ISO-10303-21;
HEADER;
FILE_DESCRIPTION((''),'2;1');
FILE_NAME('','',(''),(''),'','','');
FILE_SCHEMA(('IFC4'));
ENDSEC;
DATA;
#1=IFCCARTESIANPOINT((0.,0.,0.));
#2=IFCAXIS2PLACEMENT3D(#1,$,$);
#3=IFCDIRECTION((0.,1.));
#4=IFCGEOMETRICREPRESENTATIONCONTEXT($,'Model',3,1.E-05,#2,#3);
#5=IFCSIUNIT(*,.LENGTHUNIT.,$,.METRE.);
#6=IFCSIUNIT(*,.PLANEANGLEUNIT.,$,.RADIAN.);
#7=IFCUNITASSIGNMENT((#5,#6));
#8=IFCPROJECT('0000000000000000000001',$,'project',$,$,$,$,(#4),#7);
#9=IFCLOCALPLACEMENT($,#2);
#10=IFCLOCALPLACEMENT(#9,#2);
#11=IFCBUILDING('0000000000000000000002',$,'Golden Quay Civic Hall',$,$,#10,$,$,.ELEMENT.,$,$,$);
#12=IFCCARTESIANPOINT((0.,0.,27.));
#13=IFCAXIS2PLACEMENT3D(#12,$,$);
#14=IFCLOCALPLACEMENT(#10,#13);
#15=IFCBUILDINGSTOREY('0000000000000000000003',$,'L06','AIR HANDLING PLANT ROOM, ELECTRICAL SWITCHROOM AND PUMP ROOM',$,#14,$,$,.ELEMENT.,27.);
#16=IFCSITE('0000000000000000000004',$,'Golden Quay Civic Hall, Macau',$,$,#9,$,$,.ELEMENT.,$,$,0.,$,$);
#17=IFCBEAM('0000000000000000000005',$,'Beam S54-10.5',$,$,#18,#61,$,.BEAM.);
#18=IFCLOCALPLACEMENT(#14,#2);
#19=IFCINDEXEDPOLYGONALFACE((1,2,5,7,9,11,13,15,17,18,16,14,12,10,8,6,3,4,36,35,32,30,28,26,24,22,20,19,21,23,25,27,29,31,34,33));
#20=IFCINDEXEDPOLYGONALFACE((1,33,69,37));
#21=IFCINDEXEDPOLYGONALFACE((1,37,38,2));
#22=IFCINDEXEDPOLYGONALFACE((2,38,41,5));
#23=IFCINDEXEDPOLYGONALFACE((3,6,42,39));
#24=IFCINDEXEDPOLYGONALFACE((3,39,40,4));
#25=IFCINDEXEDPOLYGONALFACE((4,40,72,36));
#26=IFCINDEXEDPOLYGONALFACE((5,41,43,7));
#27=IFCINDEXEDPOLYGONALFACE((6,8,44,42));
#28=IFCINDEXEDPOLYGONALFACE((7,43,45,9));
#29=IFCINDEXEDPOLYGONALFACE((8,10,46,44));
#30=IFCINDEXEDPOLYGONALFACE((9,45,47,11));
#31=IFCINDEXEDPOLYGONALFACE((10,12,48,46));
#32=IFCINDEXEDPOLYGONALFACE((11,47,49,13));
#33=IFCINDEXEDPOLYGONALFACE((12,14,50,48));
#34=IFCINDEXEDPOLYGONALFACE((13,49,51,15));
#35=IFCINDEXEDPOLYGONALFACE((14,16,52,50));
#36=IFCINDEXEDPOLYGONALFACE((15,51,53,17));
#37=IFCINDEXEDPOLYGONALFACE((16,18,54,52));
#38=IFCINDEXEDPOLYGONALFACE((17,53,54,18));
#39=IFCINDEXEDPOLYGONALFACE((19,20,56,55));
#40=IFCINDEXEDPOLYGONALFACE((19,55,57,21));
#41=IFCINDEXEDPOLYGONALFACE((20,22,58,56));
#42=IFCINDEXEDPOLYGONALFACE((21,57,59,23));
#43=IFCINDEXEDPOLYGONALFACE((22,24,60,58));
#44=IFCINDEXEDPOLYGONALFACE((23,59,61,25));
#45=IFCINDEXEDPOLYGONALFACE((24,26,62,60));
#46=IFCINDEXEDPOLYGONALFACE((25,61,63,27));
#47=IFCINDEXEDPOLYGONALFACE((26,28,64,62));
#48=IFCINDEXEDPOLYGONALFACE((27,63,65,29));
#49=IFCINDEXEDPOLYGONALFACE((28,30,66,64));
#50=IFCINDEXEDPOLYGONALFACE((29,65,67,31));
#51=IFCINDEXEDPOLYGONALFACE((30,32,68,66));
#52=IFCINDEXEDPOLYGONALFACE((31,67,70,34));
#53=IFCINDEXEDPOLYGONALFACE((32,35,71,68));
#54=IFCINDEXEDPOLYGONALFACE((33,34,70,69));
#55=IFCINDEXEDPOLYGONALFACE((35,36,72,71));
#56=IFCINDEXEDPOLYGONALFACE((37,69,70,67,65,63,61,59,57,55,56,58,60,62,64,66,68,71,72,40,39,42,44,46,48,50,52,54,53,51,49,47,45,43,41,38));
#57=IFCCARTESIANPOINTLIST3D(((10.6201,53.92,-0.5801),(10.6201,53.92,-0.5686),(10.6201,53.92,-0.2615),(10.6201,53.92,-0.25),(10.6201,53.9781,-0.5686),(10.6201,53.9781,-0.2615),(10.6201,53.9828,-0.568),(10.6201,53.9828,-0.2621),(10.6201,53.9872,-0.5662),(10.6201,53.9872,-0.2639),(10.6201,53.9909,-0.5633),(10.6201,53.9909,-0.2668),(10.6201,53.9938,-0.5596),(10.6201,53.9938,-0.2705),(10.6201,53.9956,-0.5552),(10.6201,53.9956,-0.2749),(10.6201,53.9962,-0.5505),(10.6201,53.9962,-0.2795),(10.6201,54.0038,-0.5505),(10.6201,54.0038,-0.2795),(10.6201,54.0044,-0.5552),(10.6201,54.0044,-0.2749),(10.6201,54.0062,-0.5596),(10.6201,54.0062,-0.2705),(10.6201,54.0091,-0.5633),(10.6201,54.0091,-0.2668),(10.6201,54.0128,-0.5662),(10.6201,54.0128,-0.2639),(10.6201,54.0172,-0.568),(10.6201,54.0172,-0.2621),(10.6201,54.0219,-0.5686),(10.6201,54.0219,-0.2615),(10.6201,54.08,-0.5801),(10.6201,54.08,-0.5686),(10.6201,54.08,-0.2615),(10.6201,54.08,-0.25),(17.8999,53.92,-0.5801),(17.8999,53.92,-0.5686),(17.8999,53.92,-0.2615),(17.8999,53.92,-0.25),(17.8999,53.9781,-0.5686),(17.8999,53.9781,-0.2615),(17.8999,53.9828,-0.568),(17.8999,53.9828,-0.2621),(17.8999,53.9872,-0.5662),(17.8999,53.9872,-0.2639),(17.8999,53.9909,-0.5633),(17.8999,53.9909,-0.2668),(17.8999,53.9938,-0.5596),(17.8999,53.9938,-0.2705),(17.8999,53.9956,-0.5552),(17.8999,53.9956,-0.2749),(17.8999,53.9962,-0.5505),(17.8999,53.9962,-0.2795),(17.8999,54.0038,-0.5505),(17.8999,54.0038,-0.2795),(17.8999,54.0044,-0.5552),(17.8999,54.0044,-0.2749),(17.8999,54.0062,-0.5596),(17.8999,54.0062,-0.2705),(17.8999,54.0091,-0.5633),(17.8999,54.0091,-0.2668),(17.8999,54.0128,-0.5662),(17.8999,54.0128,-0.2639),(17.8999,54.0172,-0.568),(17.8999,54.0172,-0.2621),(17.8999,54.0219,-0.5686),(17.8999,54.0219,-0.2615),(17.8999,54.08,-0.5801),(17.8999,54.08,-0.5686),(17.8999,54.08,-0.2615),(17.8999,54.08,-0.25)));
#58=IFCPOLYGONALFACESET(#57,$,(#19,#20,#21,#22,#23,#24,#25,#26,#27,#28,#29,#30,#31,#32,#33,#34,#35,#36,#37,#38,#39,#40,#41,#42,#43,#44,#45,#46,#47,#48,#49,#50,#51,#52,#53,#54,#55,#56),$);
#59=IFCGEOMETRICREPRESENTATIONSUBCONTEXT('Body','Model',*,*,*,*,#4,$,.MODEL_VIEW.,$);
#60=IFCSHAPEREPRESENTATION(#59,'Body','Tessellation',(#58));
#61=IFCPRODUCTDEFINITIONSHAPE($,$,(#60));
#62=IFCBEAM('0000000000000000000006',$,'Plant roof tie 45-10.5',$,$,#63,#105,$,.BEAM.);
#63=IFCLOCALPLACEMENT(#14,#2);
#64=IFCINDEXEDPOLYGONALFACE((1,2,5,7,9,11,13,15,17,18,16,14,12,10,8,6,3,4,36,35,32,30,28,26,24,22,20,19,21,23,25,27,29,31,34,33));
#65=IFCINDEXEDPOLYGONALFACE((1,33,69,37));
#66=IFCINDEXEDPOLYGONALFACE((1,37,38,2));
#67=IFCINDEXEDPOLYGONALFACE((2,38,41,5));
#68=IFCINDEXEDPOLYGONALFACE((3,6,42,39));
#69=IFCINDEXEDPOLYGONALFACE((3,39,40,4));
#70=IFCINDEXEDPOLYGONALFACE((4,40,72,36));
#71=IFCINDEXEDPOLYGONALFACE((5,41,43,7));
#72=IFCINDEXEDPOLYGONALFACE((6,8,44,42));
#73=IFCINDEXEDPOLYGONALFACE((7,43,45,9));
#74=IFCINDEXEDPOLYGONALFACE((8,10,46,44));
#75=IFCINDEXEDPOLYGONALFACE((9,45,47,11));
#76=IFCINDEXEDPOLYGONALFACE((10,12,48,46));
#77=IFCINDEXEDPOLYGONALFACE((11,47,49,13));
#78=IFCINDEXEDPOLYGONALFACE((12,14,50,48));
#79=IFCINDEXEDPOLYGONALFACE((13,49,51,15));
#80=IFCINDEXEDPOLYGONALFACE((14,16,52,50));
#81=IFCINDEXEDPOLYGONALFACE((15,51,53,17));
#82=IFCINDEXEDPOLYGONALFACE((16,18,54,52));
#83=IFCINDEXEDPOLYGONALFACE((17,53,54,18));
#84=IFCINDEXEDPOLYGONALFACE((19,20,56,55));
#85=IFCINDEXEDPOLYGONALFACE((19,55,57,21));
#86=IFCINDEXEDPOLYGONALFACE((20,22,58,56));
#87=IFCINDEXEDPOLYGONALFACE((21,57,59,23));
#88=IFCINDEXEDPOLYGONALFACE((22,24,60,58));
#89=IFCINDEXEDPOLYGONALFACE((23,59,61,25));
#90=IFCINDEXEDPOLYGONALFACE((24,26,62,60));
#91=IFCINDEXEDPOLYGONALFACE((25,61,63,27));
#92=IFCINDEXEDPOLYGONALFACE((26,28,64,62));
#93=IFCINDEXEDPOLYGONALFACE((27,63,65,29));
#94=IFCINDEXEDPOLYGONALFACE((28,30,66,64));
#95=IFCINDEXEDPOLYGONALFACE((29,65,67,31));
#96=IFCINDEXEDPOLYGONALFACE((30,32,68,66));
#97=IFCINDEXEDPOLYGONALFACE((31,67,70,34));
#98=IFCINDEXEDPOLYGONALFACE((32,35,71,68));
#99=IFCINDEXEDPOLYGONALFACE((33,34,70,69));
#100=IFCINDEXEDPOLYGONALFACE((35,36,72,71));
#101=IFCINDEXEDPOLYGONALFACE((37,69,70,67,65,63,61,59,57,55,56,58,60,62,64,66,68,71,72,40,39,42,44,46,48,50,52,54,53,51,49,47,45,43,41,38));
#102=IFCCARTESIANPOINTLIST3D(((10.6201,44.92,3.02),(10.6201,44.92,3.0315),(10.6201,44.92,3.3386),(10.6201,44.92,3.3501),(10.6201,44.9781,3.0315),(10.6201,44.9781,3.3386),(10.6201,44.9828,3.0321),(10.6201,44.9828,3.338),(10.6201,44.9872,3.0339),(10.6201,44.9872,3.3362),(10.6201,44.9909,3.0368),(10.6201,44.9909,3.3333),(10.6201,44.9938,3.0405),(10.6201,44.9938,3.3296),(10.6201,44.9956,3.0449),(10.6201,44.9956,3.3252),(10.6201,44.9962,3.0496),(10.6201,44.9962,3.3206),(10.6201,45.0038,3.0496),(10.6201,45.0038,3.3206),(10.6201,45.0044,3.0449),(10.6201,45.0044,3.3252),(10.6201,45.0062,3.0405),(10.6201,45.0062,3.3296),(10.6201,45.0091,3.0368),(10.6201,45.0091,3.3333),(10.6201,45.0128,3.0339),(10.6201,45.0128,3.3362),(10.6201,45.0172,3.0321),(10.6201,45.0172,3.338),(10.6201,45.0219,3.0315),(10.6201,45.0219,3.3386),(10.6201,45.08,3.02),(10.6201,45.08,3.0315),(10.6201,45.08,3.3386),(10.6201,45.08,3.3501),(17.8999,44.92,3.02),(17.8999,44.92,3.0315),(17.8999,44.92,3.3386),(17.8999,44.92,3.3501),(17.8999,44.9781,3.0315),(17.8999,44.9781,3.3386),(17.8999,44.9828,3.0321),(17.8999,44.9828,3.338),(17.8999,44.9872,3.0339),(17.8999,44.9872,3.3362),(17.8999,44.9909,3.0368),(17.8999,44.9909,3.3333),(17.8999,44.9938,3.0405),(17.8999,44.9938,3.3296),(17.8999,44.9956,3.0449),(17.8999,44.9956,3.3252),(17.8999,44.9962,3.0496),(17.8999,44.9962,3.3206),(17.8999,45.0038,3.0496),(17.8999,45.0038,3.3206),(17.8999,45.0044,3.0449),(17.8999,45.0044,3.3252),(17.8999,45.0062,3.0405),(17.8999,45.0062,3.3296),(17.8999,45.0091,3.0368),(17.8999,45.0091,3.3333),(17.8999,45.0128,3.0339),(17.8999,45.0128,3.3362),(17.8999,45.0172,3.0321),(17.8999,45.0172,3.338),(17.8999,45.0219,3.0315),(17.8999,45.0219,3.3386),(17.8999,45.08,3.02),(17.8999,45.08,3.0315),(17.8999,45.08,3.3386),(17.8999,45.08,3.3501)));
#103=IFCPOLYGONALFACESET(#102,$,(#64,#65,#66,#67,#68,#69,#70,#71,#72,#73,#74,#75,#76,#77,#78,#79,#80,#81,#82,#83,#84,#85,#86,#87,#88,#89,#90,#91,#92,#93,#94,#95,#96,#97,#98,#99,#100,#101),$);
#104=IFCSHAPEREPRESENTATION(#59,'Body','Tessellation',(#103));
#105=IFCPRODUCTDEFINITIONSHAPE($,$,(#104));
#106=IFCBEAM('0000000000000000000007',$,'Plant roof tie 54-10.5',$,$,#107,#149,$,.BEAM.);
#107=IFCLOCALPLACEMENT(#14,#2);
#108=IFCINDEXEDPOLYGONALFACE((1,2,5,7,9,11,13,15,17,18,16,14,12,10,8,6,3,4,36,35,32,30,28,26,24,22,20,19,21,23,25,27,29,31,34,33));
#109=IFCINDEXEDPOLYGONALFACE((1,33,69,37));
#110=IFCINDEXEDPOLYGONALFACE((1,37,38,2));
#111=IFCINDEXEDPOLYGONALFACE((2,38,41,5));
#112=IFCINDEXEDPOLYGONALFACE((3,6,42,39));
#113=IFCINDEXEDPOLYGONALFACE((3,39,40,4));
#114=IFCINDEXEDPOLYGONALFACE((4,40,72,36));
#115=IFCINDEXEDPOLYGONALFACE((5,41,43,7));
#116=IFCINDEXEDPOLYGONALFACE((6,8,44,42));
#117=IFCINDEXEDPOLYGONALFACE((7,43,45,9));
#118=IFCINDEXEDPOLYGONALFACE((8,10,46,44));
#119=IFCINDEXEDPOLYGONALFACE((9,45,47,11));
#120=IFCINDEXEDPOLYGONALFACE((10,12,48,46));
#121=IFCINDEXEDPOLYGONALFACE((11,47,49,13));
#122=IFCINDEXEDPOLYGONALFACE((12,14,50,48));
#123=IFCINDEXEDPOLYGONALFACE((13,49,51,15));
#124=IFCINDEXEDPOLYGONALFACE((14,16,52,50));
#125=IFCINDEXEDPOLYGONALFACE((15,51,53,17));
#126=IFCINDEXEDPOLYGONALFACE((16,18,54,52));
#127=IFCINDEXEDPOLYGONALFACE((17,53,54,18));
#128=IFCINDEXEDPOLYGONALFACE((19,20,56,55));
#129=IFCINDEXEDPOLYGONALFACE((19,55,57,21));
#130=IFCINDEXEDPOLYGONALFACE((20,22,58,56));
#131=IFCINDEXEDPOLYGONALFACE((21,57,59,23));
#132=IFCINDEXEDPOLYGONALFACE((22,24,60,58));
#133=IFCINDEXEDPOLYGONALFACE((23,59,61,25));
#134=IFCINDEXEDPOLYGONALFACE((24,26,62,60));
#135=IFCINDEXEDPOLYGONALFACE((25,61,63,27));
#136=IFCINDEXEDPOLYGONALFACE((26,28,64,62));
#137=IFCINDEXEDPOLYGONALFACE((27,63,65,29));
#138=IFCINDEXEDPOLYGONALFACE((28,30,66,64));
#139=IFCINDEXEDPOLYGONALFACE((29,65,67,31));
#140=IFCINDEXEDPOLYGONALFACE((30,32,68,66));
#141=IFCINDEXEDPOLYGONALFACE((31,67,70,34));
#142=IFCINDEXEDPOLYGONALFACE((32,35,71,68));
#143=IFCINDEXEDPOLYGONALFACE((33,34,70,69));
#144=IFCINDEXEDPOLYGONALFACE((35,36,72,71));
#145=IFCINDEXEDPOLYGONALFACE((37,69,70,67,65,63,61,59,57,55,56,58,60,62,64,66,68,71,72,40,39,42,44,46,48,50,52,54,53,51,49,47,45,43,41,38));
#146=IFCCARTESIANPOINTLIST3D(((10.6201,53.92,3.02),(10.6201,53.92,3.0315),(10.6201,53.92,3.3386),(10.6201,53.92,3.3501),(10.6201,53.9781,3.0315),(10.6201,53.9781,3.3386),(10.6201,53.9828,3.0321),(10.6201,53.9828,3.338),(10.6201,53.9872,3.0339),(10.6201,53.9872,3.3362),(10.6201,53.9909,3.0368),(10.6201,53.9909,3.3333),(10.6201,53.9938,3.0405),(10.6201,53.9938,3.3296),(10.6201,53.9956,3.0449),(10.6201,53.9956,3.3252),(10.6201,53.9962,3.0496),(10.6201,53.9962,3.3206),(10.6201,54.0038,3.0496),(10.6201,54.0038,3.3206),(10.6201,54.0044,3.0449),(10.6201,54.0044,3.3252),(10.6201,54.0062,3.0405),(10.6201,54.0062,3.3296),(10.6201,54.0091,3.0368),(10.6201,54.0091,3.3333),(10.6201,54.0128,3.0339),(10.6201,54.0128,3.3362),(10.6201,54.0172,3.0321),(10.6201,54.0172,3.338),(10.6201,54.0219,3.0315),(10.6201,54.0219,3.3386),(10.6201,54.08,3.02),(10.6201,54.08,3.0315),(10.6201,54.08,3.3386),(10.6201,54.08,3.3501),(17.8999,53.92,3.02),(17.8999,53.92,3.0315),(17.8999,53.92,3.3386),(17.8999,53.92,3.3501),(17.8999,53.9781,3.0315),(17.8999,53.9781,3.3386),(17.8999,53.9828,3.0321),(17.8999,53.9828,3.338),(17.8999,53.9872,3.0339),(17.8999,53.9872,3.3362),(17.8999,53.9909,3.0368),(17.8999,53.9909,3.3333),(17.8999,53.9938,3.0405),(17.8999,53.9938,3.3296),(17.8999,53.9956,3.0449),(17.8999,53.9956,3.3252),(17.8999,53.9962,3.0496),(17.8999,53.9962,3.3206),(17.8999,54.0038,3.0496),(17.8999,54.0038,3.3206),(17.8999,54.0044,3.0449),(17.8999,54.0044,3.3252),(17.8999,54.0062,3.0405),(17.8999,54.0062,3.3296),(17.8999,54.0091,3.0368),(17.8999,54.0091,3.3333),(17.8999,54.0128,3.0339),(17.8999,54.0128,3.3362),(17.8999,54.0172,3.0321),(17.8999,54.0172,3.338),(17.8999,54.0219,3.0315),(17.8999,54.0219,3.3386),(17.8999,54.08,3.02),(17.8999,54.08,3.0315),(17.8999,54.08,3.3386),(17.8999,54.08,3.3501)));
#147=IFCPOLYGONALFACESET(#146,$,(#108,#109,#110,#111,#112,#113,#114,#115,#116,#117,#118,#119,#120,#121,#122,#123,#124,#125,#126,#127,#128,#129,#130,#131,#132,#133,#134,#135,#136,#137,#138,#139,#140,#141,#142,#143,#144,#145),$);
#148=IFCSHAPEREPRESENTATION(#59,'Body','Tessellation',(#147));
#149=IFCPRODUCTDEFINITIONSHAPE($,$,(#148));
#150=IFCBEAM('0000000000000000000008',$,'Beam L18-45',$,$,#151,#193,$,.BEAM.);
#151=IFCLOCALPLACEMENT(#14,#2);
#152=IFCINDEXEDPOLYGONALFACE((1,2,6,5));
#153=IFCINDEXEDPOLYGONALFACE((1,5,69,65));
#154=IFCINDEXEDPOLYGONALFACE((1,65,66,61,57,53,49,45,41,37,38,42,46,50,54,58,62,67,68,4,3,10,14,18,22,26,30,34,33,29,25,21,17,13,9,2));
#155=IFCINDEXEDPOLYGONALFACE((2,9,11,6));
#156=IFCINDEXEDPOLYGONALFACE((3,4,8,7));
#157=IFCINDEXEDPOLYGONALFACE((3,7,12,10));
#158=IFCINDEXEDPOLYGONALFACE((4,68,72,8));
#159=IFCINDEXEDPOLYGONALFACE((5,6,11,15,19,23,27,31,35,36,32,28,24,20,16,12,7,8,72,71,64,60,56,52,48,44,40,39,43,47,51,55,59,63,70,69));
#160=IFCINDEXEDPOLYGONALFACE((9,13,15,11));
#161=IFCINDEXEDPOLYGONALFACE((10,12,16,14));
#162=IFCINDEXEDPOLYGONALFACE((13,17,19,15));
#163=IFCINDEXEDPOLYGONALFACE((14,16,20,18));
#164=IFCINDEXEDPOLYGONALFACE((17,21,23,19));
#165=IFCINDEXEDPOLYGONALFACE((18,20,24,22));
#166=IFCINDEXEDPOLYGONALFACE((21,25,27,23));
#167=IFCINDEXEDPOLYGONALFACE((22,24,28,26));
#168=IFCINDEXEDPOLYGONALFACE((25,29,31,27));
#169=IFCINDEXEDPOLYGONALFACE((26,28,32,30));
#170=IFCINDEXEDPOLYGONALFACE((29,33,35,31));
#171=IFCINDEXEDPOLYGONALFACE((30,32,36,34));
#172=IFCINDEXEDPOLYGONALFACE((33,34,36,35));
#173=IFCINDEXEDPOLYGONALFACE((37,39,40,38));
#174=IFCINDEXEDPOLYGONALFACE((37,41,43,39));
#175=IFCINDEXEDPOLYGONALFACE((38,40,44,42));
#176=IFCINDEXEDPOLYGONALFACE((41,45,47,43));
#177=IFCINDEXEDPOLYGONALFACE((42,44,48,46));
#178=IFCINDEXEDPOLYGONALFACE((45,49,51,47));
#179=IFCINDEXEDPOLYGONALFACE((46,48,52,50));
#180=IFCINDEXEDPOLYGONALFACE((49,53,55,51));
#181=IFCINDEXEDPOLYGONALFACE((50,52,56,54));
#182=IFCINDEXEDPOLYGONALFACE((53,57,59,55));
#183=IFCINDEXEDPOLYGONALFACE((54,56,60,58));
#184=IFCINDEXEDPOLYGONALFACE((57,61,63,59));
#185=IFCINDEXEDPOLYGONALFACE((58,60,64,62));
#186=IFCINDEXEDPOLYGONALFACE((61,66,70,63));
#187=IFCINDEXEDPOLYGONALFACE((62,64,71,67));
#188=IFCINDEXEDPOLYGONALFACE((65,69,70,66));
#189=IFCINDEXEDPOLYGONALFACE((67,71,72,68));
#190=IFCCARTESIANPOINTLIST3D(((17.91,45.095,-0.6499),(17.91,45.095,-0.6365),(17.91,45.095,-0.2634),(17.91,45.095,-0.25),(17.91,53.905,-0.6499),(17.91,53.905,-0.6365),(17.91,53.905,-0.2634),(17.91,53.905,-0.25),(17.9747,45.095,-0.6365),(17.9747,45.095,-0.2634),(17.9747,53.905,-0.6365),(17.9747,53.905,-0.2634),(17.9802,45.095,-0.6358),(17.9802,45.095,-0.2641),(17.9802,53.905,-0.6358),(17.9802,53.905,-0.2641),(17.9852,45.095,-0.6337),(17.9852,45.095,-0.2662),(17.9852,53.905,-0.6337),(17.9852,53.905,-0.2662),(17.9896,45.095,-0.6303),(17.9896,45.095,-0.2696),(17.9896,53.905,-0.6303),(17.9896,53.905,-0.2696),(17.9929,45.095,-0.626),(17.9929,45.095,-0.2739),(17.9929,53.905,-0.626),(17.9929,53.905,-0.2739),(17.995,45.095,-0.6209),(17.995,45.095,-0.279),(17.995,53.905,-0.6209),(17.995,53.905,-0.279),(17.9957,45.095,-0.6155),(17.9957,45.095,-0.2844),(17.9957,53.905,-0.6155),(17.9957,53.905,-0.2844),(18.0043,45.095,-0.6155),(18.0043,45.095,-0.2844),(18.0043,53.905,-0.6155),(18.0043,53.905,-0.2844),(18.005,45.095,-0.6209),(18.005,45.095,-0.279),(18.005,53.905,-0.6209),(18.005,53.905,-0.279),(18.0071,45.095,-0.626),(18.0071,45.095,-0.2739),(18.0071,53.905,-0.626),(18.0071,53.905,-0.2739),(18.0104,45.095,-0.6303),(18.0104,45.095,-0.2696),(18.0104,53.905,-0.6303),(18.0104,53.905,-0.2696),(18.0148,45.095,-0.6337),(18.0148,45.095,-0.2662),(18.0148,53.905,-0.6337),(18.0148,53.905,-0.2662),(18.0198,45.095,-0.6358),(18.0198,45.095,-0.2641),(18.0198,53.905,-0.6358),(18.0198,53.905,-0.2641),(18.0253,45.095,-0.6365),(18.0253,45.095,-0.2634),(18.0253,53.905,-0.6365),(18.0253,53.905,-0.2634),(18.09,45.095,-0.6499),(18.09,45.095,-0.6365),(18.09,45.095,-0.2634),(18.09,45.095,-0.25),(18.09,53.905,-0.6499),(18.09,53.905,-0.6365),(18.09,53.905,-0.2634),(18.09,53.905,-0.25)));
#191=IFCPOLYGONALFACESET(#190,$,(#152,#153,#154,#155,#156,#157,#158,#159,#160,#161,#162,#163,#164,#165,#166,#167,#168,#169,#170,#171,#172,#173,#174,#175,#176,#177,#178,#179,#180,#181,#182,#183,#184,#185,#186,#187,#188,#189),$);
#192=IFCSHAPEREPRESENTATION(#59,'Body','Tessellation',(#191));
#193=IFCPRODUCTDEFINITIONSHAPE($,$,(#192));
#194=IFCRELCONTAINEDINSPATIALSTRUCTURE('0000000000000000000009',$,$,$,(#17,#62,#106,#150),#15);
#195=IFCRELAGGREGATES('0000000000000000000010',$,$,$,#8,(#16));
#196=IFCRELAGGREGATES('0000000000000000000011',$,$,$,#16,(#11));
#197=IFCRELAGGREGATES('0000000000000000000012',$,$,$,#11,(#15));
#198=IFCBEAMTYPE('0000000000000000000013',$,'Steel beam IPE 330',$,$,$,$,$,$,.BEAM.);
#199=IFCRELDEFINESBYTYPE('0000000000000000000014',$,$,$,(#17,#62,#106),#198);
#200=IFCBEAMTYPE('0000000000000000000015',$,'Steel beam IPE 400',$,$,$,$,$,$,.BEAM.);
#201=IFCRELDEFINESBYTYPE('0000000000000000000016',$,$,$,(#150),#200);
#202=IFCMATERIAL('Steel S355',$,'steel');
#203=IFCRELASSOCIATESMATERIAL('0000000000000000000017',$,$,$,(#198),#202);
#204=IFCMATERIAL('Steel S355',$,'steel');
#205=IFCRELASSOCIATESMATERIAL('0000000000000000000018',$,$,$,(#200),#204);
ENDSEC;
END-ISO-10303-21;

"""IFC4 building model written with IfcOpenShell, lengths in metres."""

from ifc_helpers import new_model, si_unit, direction, frame, origin, origin_2d, place, context, subcontext, project, spatial, i_section, extrude, material, material_profile, profile_set, type_object, element, save


model = new_model("IFC4")

# Units and contexts
model_context = context("Model", 3, precision=1e-05, world=origin(), true_north=direction((0.0, 1.0)))
body_context = subcontext(model_context, "Body", "Model", "MODEL_VIEW")
ifc_project = project(units=[si_unit("LENGTHUNIT", "METRE"), si_unit("PLANEANGLEUNIT", "RADIAN")], contexts=[model_context])

# Site, building, storey
site_placement = place(None, origin())
site = spatial("IfcSite", under=ifc_project, at=site_placement, Name="Golden Quay Civic Hall, Macau", CompositionType="ELEMENT", RefElevation=0.0)
building_placement = place(site_placement, origin())
building = spatial("IfcBuilding", under=site, at=building_placement, Name="Golden Quay Civic Hall", CompositionType="ELEMENT")
storey_placement = place(building_placement, frame((0.0, 0.0, 27.0)))
storey = spatial("IfcBuildingStorey", under=building, at=storey_placement, Name="L06", Description="AIR HANDLING PLANT ROOM, ELECTRICAL SWITCHROOM AND PUMP ROOM", CompositionType="ELEMENT", Elevation=27.0)

# Beams
ifc_material_1 = material(Name="Steel S355", Category="steel")
ifc_material_profile_1 = material_profile(ifc_material_1, i_section(OverallWidth=0.1599, OverallDepth=0.3301, WebThickness=0.0076, FlangeThickness=0.0115, FilletRadius=0.0181, at=origin_2d()), Name="IPE 330")
ifc_profile_set_1 = profile_set([ifc_material_profile_1], Name="Steel S355")
beam_type_1 = type_object("IfcBeamType", Name="Steel beam IPE 330", PredefinedType="BEAM", material=ifc_profile_set_1)
for number, where, z_axis, x_axis, name in (
    (1, (10.6201, 54.0, -0.415), (1.0, 0.0, 0.0), (0.0, 1.0, 0.0), "Beam S54-10.5"),
    (2, (10.6201, 45.0, 3.1851), (1.0, 0.0, 0.0), (0.0, 1.0, 0.0), "Plant roof tie 45-10.5"),
    (3, (10.6201, 54.0, 3.1851), (1.0, 0.0, 0.0), (0.0, 1.0, 0.0), "Plant roof tie 54-10.5"),
):
    element("IfcBeam", number, at=place(storey_placement, frame(where, z_axis=z_axis, x_axis=x_axis)), inside=storey, type_object=beam_type_1, Name=name, PredefinedType="BEAM", context=body_context, shape_type="SweptSolid", body=[
        extrude(i_section(OverallWidth=0.1599, OverallDepth=0.3301, WebThickness=0.0076, FlangeThickness=0.0115, FilletRadius=0.0181, at=origin_2d()), origin(), (0.0, 0.0, 1.0), 7.2798),
    ])
ifc_material_2 = material(Name="Steel S355", Category="steel")
ifc_material_profile_2 = material_profile(ifc_material_2, i_section(OverallWidth=0.1799, OverallDepth=0.3999, WebThickness=0.0085, FlangeThickness=0.0134, FilletRadius=0.021, at=origin_2d()), Name="IPE 400")
ifc_profile_set_2 = profile_set([ifc_material_profile_2], Name="Steel S355")
beam_type_2 = type_object("IfcBeamType", Name="Steel beam IPE 400", PredefinedType="BEAM", material=ifc_profile_set_2)
for number, where, z_axis, x_axis, name in (
    (4, (18.0, 45.095, -0.45), (0.0, 1.0, 0.0), (-1.0, 0.0, 0.0), "Beam L18-45"),
):
    element("IfcBeam", number, at=place(storey_placement, frame(where, z_axis=z_axis, x_axis=x_axis)), inside=storey, type_object=beam_type_2, Name=name, PredefinedType="BEAM", context=body_context, shape_type="SweptSolid", body=[
        extrude(i_section(OverallWidth=0.1799, OverallDepth=0.3999, WebThickness=0.0085, FlangeThickness=0.0134, FilletRadius=0.021, at=origin_2d()), origin(), (0.0, 0.0, 1.0), 8.8101),
    ])

save(model, "model.ifc")
